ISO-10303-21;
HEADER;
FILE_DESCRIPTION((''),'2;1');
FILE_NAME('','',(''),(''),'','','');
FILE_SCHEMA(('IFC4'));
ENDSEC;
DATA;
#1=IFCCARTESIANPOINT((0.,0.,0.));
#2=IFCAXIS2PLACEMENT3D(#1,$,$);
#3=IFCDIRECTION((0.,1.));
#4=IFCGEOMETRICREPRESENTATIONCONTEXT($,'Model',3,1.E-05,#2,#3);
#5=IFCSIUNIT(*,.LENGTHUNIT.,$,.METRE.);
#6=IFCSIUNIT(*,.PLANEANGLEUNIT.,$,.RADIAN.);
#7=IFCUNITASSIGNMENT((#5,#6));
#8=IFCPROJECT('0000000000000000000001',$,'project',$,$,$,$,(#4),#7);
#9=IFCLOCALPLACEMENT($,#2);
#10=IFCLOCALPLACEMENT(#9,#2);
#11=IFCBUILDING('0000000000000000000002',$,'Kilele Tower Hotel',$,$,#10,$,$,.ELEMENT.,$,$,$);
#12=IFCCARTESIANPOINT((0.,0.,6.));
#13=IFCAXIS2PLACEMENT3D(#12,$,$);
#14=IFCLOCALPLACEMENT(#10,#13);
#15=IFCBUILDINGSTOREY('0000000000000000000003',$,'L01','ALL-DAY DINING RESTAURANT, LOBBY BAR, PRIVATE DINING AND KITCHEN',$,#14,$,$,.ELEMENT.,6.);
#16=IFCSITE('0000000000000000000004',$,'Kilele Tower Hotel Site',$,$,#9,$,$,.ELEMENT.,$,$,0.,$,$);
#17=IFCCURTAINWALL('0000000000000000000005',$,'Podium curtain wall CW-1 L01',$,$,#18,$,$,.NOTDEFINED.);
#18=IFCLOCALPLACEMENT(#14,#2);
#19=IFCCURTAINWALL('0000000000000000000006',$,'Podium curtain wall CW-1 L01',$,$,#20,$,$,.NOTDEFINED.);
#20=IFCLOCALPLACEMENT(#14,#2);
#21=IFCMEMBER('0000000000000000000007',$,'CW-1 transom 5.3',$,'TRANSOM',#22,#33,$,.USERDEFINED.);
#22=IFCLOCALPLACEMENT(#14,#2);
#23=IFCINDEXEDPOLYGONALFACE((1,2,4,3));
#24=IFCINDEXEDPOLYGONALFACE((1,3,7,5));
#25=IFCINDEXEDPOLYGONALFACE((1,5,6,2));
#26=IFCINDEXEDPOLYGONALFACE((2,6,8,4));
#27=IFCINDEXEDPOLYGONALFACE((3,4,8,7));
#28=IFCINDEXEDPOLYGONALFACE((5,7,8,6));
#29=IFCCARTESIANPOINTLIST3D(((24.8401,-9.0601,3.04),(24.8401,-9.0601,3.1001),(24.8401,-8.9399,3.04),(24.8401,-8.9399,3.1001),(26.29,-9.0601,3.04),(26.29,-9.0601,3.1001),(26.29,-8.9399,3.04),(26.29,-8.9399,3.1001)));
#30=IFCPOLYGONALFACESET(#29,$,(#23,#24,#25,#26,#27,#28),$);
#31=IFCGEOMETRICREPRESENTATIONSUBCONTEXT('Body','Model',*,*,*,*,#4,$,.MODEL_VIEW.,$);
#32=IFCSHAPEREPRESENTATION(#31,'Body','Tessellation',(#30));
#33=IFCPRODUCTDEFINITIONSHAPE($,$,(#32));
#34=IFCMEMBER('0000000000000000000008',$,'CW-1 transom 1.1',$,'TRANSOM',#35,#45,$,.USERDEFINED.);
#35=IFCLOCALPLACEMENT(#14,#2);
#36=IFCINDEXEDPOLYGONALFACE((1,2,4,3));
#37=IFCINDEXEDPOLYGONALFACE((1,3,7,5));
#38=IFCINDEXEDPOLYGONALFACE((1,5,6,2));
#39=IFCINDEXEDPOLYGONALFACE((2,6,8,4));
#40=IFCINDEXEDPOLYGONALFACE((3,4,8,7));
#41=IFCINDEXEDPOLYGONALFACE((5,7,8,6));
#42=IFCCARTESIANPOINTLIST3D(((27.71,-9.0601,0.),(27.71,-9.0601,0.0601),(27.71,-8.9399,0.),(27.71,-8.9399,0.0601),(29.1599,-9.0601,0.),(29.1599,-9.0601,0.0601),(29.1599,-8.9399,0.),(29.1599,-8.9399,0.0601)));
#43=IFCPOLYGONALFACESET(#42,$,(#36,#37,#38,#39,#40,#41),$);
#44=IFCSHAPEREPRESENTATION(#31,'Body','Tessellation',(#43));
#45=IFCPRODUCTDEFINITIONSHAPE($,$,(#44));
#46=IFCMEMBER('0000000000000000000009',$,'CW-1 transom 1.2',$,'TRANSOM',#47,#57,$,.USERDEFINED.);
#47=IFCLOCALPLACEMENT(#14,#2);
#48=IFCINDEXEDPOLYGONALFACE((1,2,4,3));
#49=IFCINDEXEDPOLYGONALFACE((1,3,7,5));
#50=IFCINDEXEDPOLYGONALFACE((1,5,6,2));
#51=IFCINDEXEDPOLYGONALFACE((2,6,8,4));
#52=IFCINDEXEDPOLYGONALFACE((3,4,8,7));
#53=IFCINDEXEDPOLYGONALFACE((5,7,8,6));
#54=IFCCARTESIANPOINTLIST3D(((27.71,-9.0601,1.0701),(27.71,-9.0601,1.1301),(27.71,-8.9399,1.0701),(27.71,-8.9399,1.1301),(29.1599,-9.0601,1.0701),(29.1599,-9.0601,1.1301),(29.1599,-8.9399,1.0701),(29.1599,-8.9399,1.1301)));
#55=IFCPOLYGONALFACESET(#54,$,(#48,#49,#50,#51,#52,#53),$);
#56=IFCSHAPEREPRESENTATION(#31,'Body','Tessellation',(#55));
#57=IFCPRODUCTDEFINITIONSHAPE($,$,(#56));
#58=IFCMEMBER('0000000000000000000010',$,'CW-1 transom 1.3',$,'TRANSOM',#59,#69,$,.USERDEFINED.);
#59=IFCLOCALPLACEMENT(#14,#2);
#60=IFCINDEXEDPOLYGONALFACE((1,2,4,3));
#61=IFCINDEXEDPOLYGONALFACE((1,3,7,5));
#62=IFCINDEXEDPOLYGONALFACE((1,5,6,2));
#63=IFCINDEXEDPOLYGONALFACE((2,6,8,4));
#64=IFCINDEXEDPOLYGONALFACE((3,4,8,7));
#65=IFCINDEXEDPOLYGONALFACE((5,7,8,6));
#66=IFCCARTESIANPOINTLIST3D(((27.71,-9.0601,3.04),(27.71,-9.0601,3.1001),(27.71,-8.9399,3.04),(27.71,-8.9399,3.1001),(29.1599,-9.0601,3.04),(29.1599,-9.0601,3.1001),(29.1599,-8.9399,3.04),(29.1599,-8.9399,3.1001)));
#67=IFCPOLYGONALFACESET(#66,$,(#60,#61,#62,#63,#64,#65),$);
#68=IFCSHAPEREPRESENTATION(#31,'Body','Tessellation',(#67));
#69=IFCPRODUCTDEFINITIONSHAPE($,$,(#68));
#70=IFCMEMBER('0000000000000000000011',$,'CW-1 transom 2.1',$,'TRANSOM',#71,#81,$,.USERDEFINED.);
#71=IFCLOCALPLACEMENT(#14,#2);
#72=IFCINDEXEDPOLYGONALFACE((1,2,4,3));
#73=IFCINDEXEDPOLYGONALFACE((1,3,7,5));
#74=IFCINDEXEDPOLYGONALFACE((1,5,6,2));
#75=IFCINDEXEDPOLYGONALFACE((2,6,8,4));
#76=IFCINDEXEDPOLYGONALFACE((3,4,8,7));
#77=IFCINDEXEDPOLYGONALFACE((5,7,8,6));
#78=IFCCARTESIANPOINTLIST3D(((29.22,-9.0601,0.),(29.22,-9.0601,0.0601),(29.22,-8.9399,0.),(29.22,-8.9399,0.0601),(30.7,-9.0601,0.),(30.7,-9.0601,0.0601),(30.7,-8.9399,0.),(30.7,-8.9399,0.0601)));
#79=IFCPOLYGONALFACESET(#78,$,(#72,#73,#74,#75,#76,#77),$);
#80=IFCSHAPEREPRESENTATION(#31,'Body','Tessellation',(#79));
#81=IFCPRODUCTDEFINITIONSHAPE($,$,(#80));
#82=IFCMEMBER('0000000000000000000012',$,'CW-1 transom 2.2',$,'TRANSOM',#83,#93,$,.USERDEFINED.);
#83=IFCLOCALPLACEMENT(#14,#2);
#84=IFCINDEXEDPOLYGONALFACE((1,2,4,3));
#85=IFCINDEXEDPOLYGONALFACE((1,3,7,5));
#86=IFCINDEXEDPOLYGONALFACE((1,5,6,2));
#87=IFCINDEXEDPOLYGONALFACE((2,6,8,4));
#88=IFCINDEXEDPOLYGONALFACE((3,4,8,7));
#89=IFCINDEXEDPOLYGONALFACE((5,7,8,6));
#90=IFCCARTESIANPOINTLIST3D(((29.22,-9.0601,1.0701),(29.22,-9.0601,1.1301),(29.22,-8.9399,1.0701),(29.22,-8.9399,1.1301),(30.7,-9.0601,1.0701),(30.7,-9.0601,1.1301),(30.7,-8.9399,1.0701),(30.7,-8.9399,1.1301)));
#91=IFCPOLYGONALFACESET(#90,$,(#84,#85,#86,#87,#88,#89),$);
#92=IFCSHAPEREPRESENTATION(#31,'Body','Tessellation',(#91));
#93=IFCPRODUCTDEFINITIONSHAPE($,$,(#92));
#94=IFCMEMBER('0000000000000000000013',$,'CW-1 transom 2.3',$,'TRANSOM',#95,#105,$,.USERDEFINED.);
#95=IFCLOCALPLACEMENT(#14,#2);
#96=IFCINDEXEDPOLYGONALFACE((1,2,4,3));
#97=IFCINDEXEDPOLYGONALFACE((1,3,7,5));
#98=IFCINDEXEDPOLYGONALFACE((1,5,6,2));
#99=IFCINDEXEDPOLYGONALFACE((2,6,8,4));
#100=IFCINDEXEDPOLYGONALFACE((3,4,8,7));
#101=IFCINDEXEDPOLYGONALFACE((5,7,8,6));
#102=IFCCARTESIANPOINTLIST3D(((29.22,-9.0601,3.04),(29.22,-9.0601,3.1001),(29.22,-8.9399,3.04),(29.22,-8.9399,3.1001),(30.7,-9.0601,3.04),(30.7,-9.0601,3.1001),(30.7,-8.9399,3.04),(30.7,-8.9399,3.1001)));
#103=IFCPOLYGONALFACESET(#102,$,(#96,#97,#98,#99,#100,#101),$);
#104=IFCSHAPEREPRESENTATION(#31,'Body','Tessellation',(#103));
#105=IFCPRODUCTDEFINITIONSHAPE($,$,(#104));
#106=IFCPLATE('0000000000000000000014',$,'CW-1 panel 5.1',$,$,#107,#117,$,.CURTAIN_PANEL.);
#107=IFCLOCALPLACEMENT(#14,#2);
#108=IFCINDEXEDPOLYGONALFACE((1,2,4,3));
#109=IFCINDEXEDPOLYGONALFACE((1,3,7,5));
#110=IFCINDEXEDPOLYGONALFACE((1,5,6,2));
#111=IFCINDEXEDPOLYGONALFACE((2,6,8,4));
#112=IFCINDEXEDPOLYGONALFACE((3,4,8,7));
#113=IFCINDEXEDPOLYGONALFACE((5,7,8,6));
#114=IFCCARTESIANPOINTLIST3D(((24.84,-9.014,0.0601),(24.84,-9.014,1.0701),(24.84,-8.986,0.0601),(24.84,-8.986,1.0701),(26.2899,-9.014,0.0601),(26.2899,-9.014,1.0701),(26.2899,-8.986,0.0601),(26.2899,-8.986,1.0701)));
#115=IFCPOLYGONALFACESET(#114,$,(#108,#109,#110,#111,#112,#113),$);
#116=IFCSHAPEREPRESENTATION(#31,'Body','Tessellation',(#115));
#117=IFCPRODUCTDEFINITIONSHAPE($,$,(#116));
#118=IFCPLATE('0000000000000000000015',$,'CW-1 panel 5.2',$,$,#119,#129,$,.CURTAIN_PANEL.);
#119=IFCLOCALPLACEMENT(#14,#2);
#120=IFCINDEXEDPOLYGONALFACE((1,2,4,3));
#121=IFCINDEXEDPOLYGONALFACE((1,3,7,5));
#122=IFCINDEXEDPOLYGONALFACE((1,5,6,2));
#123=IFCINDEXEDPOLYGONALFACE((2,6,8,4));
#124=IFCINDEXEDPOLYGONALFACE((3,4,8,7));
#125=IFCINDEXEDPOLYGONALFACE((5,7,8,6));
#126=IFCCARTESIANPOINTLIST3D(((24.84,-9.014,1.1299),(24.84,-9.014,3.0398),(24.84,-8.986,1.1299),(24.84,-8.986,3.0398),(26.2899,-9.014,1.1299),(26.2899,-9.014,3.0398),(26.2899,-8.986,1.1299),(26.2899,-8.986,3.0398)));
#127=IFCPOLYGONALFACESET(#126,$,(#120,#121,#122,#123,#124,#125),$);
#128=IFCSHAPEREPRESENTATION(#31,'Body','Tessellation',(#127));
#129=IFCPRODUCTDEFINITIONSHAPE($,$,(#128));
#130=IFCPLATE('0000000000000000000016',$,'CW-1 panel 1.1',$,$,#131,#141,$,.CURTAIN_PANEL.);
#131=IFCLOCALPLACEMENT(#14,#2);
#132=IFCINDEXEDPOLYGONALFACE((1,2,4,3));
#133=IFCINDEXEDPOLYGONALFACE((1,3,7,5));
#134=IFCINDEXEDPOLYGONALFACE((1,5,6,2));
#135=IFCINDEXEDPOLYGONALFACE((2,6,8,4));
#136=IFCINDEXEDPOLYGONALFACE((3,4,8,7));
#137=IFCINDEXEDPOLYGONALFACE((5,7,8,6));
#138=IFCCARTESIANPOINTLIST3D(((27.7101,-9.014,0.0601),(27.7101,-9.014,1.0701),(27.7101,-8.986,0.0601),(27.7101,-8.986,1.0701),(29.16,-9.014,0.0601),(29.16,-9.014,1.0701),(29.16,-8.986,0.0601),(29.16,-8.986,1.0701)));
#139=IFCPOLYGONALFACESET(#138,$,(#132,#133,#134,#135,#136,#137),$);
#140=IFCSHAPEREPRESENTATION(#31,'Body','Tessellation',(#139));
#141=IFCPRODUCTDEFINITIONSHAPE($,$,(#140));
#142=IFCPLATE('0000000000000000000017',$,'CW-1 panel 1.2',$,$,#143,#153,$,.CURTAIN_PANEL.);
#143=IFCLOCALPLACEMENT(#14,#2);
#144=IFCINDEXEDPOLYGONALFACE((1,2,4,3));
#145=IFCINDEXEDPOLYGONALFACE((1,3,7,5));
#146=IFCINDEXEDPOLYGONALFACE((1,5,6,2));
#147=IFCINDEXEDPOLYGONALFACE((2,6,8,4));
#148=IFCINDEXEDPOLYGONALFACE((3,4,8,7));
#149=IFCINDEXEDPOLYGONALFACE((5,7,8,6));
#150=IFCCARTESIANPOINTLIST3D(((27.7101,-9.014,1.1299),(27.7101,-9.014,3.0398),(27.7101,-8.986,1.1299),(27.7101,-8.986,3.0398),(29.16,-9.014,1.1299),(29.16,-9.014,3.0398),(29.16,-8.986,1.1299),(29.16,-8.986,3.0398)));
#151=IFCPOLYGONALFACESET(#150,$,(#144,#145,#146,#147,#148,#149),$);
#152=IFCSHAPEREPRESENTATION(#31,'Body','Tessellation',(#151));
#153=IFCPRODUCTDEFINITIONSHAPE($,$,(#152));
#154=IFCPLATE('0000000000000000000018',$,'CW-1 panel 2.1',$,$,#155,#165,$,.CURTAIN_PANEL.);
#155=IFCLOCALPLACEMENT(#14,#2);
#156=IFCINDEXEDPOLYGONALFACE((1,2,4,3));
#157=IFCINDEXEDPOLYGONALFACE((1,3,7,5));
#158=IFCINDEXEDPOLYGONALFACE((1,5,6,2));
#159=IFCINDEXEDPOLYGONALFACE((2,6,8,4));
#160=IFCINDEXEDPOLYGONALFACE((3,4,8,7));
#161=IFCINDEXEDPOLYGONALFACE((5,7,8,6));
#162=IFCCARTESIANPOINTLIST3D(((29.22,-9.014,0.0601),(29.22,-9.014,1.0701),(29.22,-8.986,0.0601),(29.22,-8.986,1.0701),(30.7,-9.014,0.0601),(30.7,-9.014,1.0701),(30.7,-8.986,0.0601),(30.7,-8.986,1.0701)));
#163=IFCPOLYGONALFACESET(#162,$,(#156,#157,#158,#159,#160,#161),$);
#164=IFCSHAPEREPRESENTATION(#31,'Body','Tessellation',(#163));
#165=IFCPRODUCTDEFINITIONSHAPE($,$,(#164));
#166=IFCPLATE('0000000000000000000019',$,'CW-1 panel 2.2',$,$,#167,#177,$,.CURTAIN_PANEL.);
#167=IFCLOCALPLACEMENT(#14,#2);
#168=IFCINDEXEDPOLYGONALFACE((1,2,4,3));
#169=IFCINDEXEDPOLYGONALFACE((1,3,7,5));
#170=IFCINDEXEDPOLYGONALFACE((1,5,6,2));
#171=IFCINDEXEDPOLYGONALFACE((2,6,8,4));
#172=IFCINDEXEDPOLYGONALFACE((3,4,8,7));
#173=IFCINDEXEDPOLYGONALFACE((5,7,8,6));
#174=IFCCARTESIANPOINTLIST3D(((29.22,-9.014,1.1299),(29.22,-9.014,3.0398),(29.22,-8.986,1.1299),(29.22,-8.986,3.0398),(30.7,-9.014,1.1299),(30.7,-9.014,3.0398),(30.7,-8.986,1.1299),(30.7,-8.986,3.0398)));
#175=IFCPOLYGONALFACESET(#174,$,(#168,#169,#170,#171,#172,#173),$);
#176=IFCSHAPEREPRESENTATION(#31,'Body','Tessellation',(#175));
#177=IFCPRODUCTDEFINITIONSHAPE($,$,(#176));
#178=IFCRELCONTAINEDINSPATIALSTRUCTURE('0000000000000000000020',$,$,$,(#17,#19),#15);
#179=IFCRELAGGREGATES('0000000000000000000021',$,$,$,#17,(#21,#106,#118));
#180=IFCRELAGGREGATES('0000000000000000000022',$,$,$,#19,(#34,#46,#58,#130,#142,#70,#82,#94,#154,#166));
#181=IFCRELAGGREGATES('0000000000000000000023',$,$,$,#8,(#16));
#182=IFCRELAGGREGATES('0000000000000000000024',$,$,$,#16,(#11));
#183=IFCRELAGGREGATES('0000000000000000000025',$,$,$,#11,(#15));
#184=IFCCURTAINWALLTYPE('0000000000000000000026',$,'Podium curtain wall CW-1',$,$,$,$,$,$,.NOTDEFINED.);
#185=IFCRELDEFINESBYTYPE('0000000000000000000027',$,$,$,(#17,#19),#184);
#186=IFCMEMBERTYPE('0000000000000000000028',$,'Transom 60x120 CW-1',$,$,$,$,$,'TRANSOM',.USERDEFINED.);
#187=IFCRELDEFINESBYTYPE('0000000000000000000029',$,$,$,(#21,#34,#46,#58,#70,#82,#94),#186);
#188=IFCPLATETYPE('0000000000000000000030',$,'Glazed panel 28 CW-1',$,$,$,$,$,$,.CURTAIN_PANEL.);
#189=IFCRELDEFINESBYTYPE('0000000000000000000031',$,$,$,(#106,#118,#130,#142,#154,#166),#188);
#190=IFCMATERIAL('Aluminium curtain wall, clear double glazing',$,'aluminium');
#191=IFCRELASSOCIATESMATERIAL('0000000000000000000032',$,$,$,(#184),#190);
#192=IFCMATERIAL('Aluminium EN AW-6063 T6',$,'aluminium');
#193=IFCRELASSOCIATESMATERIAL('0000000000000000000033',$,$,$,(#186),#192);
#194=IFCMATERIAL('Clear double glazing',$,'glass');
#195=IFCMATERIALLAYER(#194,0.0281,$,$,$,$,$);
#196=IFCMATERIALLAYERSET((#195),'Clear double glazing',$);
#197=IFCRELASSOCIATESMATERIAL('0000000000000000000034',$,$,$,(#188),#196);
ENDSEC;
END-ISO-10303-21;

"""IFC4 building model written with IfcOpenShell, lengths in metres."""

from ifc_helpers import new_model, si_unit, direction, frame, origin, origin_2d, place, context, subcontext, project, spatial, rectangle, extrude, material, layer, layer_set, material_profile, profile_set, type_object, element, aggregate, save


model = new_model("IFC4")

# Units and contexts
model_context = context("Model", 3, precision=1e-05, world=origin(), true_north=direction((0.0, 1.0)))
body_context = subcontext(model_context, "Body", "Model", "MODEL_VIEW")
ifc_project = project(units=[si_unit("LENGTHUNIT", "METRE"), si_unit("PLANEANGLEUNIT", "RADIAN")], contexts=[model_context])

# Site, building, storey
site_placement = place(None, origin())
site = spatial("IfcSite", under=ifc_project, at=site_placement, Name="Kilele Tower Hotel Site", CompositionType="ELEMENT", RefElevation=0.0)
building_placement = place(site_placement, origin())
building = spatial("IfcBuilding", under=site, at=building_placement, Name="Kilele Tower Hotel", CompositionType="ELEMENT")
storey_placement = place(building_placement, frame((0.0, 0.0, 6.0)))
storey = spatial("IfcBuildingStorey", under=building, at=storey_placement, Name="L01", Description="ALL-DAY DINING RESTAURANT, LOBBY BAR, PRIVATE DINING AND KITCHEN", CompositionType="ELEMENT", Elevation=6.0)

# Curtain wall
ifc_material_1 = material(Name="Aluminium curtain wall, clear double glazing", Category="aluminium")
curtain_wall_type = type_object("IfcCurtainWallType", Name="Podium curtain wall CW-1", PredefinedType="NOTDEFINED", material=ifc_material_1)
curtain_wall_1_placement = place(storey_placement, origin())
curtain_wall_1 = element("IfcCurtainWall", 1, at=curtain_wall_1_placement, inside=storey, type_object=curtain_wall_type, Name="Podium curtain wall CW-1 L01", PredefinedType="NOTDEFINED")

# Curtain wall
curtain_wall_2_placement = place(storey_placement, origin())
curtain_wall_2 = element("IfcCurtainWall", 2, at=curtain_wall_2_placement, inside=storey, type_object=curtain_wall_type, Name="Podium curtain wall CW-1 L01", PredefinedType="NOTDEFINED")

# Members
ifc_material_2 = material(Name="Aluminium EN AW-6063 T6", Category="aluminium")
ifc_material_profile_1 = material_profile(ifc_material_2, rectangle(XDim=0.1201, YDim=0.0601, at=origin_2d()))
ifc_profile_set_1 = profile_set([ifc_material_profile_1], Name="Aluminium EN AW-6063 T6")
member_type_1 = type_object("IfcMemberType", Name="Transom 60x120 CW-1", ElementType="TRANSOM", PredefinedType="USERDEFINED", material=ifc_profile_set_1)
member_1_placement = place(storey_placement, frame((24.8401, -9.0, 3.0701), z_axis=(1.0, 0.0, 0.0), x_axis=(0.0, 1.0, 0.0)))
member_1 = element("IfcMember", 3, at=member_1_placement, type_object=member_type_1, Name="CW-1 transom 5.3", ObjectType="TRANSOM", PredefinedType="USERDEFINED", context=body_context, shape_type="SweptSolid", body=[
    extrude(rectangle(XDim=0.1201, YDim=0.0601, at=origin_2d()), origin(), (0.0, 0.0, 1.0), 1.45),
])
member_2_placement = place(storey_placement, frame((27.71, -9.0, 0.03), z_axis=(1.0, 0.0, 0.0), x_axis=(0.0, 1.0, 0.0)))
member_2 = element("IfcMember", 4, at=member_2_placement, type_object=member_type_1, Name="CW-1 transom 1.1", ObjectType="TRANSOM", PredefinedType="USERDEFINED", context=body_context, shape_type="SweptSolid", body=[
    extrude(rectangle(XDim=0.1201, YDim=0.0601, at=origin_2d()), origin(), (0.0, 0.0, 1.0), 1.45),
])
member_3_placement = place(storey_placement, frame((27.71, -9.0, 1.1001), z_axis=(1.0, 0.0, 0.0), x_axis=(0.0, 1.0, 0.0)))
member_3 = element("IfcMember", 5, at=member_3_placement, type_object=member_type_1, Name="CW-1 transom 1.2", ObjectType="TRANSOM", PredefinedType="USERDEFINED", context=body_context, shape_type="SweptSolid", body=[
    extrude(rectangle(XDim=0.1201, YDim=0.0601, at=origin_2d()), origin(), (0.0, 0.0, 1.0), 1.45),
])
member_4_placement = place(storey_placement, frame((27.71, -9.0, 3.0701), z_axis=(1.0, 0.0, 0.0), x_axis=(0.0, 1.0, 0.0)))
member_4 = element("IfcMember", 6, at=member_4_placement, type_object=member_type_1, Name="CW-1 transom 1.3", ObjectType="TRANSOM", PredefinedType="USERDEFINED", context=body_context, shape_type="SweptSolid", body=[
    extrude(rectangle(XDim=0.1201, YDim=0.0601, at=origin_2d()), origin(), (0.0, 0.0, 1.0), 1.45),
])
member_5_placement = place(storey_placement, frame((29.22, -9.0, 0.03), z_axis=(1.0, 0.0, 0.0), x_axis=(0.0, 1.0, 0.0)))
member_5 = element("IfcMember", 7, at=member_5_placement, type_object=member_type_1, Name="CW-1 transom 2.1", ObjectType="TRANSOM", PredefinedType="USERDEFINED", context=body_context, shape_type="SweptSolid", body=[
    extrude(rectangle(XDim=0.1201, YDim=0.0601, at=origin_2d()), origin(), (0.0, 0.0, 1.0), 1.48),
])
member_6_placement = place(storey_placement, frame((29.22, -9.0, 1.1001), z_axis=(1.0, 0.0, 0.0), x_axis=(0.0, 1.0, 0.0)))
member_6 = element("IfcMember", 8, at=member_6_placement, type_object=member_type_1, Name="CW-1 transom 2.2", ObjectType="TRANSOM", PredefinedType="USERDEFINED", context=body_context, shape_type="SweptSolid", body=[
    extrude(rectangle(XDim=0.1201, YDim=0.0601, at=origin_2d()), origin(), (0.0, 0.0, 1.0), 1.48),
])
member_7_placement = place(storey_placement, frame((29.22, -9.0, 3.0701), z_axis=(1.0, 0.0, 0.0), x_axis=(0.0, 1.0, 0.0)))
member_7 = element("IfcMember", 9, at=member_7_placement, type_object=member_type_1, Name="CW-1 transom 2.3", ObjectType="TRANSOM", PredefinedType="USERDEFINED", context=body_context, shape_type="SweptSolid", body=[
    extrude(rectangle(XDim=0.1201, YDim=0.0601, at=origin_2d()), origin(), (0.0, 0.0, 1.0), 1.48),
])

# Plates
ifc_material_3 = material(Name="Clear double glazing", Category="glass")
ifc_layer_1 = layer(ifc_material_3, 0.0281)
ifc_layer_set_1 = layer_set([ifc_layer_1], Name="Clear double glazing")
plate_type = type_object("IfcPlateType", Name="Glazed panel 28 CW-1", PredefinedType="CURTAIN_PANEL", material=ifc_layer_set_1)
plate_1_placement = place(storey_placement, frame((25.5649, -9.0, 0.0601), z_axis=(0.0, 0.0, 1.0), x_axis=(1.0, 0.0, 0.0)))
plate_1 = element("IfcPlate", 10, at=plate_1_placement, type_object=plate_type, Name="CW-1 panel 5.1", PredefinedType="CURTAIN_PANEL", context=body_context, shape_type="SweptSolid", body=[
    extrude(rectangle(XDim=1.45, YDim=0.0281, at=origin_2d()), origin(), (0.0, 0.0, 1.0), 1.01),
])
plate_2_placement = place(storey_placement, frame((25.5649, -9.0, 1.1299), z_axis=(0.0, 0.0, 1.0), x_axis=(1.0, 0.0, 0.0)))
plate_2 = element("IfcPlate", 11, at=plate_2_placement, type_object=plate_type, Name="CW-1 panel 5.2", PredefinedType="CURTAIN_PANEL", context=body_context, shape_type="SweptSolid", body=[
    extrude(rectangle(XDim=1.45, YDim=0.0281, at=origin_2d()), origin(), (0.0, 0.0, 1.0), 1.9099),
])
aggregate(curtain_wall_1, [member_1, plate_1, plate_2])
plate_3_placement = place(storey_placement, frame((28.4351, -9.0, 0.0601), z_axis=(0.0, 0.0, 1.0), x_axis=(1.0, 0.0, 0.0)))
plate_3 = element("IfcPlate", 12, at=plate_3_placement, type_object=plate_type, Name="CW-1 panel 1.1", PredefinedType="CURTAIN_PANEL", context=body_context, shape_type="SweptSolid", body=[
    extrude(rectangle(XDim=1.45, YDim=0.0281, at=origin_2d()), origin(), (0.0, 0.0, 1.0), 1.01),
])
plate_4_placement = place(storey_placement, frame((28.4351, -9.0, 1.1299), z_axis=(0.0, 0.0, 1.0), x_axis=(1.0, 0.0, 0.0)))
plate_4 = element("IfcPlate", 13, at=plate_4_placement, type_object=plate_type, Name="CW-1 panel 1.2", PredefinedType="CURTAIN_PANEL", context=body_context, shape_type="SweptSolid", body=[
    extrude(rectangle(XDim=1.45, YDim=0.0281, at=origin_2d()), origin(), (0.0, 0.0, 1.0), 1.9099),
])
plate_5_placement = place(storey_placement, frame((29.96, -9.0, 0.0601), z_axis=(0.0, 0.0, 1.0), x_axis=(1.0, 0.0, 0.0)))
plate_5 = element("IfcPlate", 14, at=plate_5_placement, type_object=plate_type, Name="CW-1 panel 2.1", PredefinedType="CURTAIN_PANEL", context=body_context, shape_type="SweptSolid", body=[
    extrude(rectangle(XDim=1.48, YDim=0.0281, at=origin_2d()), origin(), (0.0, 0.0, 1.0), 1.01),
])
plate_6_placement = place(storey_placement, frame((29.96, -9.0, 1.1299), z_axis=(0.0, 0.0, 1.0), x_axis=(1.0, 0.0, 0.0)))
plate_6 = element("IfcPlate", 15, at=plate_6_placement, type_object=plate_type, Name="CW-1 panel 2.2", PredefinedType="CURTAIN_PANEL", context=body_context, shape_type="SweptSolid", body=[
    extrude(rectangle(XDim=1.48, YDim=0.0281, at=origin_2d()), origin(), (0.0, 0.0, 1.0), 1.9099),
])
aggregate(curtain_wall_2, [member_2, member_3, member_4, plate_3, plate_4, member_5, member_6, member_7, plate_5, plate_6])

save(model, "model.ifc")
